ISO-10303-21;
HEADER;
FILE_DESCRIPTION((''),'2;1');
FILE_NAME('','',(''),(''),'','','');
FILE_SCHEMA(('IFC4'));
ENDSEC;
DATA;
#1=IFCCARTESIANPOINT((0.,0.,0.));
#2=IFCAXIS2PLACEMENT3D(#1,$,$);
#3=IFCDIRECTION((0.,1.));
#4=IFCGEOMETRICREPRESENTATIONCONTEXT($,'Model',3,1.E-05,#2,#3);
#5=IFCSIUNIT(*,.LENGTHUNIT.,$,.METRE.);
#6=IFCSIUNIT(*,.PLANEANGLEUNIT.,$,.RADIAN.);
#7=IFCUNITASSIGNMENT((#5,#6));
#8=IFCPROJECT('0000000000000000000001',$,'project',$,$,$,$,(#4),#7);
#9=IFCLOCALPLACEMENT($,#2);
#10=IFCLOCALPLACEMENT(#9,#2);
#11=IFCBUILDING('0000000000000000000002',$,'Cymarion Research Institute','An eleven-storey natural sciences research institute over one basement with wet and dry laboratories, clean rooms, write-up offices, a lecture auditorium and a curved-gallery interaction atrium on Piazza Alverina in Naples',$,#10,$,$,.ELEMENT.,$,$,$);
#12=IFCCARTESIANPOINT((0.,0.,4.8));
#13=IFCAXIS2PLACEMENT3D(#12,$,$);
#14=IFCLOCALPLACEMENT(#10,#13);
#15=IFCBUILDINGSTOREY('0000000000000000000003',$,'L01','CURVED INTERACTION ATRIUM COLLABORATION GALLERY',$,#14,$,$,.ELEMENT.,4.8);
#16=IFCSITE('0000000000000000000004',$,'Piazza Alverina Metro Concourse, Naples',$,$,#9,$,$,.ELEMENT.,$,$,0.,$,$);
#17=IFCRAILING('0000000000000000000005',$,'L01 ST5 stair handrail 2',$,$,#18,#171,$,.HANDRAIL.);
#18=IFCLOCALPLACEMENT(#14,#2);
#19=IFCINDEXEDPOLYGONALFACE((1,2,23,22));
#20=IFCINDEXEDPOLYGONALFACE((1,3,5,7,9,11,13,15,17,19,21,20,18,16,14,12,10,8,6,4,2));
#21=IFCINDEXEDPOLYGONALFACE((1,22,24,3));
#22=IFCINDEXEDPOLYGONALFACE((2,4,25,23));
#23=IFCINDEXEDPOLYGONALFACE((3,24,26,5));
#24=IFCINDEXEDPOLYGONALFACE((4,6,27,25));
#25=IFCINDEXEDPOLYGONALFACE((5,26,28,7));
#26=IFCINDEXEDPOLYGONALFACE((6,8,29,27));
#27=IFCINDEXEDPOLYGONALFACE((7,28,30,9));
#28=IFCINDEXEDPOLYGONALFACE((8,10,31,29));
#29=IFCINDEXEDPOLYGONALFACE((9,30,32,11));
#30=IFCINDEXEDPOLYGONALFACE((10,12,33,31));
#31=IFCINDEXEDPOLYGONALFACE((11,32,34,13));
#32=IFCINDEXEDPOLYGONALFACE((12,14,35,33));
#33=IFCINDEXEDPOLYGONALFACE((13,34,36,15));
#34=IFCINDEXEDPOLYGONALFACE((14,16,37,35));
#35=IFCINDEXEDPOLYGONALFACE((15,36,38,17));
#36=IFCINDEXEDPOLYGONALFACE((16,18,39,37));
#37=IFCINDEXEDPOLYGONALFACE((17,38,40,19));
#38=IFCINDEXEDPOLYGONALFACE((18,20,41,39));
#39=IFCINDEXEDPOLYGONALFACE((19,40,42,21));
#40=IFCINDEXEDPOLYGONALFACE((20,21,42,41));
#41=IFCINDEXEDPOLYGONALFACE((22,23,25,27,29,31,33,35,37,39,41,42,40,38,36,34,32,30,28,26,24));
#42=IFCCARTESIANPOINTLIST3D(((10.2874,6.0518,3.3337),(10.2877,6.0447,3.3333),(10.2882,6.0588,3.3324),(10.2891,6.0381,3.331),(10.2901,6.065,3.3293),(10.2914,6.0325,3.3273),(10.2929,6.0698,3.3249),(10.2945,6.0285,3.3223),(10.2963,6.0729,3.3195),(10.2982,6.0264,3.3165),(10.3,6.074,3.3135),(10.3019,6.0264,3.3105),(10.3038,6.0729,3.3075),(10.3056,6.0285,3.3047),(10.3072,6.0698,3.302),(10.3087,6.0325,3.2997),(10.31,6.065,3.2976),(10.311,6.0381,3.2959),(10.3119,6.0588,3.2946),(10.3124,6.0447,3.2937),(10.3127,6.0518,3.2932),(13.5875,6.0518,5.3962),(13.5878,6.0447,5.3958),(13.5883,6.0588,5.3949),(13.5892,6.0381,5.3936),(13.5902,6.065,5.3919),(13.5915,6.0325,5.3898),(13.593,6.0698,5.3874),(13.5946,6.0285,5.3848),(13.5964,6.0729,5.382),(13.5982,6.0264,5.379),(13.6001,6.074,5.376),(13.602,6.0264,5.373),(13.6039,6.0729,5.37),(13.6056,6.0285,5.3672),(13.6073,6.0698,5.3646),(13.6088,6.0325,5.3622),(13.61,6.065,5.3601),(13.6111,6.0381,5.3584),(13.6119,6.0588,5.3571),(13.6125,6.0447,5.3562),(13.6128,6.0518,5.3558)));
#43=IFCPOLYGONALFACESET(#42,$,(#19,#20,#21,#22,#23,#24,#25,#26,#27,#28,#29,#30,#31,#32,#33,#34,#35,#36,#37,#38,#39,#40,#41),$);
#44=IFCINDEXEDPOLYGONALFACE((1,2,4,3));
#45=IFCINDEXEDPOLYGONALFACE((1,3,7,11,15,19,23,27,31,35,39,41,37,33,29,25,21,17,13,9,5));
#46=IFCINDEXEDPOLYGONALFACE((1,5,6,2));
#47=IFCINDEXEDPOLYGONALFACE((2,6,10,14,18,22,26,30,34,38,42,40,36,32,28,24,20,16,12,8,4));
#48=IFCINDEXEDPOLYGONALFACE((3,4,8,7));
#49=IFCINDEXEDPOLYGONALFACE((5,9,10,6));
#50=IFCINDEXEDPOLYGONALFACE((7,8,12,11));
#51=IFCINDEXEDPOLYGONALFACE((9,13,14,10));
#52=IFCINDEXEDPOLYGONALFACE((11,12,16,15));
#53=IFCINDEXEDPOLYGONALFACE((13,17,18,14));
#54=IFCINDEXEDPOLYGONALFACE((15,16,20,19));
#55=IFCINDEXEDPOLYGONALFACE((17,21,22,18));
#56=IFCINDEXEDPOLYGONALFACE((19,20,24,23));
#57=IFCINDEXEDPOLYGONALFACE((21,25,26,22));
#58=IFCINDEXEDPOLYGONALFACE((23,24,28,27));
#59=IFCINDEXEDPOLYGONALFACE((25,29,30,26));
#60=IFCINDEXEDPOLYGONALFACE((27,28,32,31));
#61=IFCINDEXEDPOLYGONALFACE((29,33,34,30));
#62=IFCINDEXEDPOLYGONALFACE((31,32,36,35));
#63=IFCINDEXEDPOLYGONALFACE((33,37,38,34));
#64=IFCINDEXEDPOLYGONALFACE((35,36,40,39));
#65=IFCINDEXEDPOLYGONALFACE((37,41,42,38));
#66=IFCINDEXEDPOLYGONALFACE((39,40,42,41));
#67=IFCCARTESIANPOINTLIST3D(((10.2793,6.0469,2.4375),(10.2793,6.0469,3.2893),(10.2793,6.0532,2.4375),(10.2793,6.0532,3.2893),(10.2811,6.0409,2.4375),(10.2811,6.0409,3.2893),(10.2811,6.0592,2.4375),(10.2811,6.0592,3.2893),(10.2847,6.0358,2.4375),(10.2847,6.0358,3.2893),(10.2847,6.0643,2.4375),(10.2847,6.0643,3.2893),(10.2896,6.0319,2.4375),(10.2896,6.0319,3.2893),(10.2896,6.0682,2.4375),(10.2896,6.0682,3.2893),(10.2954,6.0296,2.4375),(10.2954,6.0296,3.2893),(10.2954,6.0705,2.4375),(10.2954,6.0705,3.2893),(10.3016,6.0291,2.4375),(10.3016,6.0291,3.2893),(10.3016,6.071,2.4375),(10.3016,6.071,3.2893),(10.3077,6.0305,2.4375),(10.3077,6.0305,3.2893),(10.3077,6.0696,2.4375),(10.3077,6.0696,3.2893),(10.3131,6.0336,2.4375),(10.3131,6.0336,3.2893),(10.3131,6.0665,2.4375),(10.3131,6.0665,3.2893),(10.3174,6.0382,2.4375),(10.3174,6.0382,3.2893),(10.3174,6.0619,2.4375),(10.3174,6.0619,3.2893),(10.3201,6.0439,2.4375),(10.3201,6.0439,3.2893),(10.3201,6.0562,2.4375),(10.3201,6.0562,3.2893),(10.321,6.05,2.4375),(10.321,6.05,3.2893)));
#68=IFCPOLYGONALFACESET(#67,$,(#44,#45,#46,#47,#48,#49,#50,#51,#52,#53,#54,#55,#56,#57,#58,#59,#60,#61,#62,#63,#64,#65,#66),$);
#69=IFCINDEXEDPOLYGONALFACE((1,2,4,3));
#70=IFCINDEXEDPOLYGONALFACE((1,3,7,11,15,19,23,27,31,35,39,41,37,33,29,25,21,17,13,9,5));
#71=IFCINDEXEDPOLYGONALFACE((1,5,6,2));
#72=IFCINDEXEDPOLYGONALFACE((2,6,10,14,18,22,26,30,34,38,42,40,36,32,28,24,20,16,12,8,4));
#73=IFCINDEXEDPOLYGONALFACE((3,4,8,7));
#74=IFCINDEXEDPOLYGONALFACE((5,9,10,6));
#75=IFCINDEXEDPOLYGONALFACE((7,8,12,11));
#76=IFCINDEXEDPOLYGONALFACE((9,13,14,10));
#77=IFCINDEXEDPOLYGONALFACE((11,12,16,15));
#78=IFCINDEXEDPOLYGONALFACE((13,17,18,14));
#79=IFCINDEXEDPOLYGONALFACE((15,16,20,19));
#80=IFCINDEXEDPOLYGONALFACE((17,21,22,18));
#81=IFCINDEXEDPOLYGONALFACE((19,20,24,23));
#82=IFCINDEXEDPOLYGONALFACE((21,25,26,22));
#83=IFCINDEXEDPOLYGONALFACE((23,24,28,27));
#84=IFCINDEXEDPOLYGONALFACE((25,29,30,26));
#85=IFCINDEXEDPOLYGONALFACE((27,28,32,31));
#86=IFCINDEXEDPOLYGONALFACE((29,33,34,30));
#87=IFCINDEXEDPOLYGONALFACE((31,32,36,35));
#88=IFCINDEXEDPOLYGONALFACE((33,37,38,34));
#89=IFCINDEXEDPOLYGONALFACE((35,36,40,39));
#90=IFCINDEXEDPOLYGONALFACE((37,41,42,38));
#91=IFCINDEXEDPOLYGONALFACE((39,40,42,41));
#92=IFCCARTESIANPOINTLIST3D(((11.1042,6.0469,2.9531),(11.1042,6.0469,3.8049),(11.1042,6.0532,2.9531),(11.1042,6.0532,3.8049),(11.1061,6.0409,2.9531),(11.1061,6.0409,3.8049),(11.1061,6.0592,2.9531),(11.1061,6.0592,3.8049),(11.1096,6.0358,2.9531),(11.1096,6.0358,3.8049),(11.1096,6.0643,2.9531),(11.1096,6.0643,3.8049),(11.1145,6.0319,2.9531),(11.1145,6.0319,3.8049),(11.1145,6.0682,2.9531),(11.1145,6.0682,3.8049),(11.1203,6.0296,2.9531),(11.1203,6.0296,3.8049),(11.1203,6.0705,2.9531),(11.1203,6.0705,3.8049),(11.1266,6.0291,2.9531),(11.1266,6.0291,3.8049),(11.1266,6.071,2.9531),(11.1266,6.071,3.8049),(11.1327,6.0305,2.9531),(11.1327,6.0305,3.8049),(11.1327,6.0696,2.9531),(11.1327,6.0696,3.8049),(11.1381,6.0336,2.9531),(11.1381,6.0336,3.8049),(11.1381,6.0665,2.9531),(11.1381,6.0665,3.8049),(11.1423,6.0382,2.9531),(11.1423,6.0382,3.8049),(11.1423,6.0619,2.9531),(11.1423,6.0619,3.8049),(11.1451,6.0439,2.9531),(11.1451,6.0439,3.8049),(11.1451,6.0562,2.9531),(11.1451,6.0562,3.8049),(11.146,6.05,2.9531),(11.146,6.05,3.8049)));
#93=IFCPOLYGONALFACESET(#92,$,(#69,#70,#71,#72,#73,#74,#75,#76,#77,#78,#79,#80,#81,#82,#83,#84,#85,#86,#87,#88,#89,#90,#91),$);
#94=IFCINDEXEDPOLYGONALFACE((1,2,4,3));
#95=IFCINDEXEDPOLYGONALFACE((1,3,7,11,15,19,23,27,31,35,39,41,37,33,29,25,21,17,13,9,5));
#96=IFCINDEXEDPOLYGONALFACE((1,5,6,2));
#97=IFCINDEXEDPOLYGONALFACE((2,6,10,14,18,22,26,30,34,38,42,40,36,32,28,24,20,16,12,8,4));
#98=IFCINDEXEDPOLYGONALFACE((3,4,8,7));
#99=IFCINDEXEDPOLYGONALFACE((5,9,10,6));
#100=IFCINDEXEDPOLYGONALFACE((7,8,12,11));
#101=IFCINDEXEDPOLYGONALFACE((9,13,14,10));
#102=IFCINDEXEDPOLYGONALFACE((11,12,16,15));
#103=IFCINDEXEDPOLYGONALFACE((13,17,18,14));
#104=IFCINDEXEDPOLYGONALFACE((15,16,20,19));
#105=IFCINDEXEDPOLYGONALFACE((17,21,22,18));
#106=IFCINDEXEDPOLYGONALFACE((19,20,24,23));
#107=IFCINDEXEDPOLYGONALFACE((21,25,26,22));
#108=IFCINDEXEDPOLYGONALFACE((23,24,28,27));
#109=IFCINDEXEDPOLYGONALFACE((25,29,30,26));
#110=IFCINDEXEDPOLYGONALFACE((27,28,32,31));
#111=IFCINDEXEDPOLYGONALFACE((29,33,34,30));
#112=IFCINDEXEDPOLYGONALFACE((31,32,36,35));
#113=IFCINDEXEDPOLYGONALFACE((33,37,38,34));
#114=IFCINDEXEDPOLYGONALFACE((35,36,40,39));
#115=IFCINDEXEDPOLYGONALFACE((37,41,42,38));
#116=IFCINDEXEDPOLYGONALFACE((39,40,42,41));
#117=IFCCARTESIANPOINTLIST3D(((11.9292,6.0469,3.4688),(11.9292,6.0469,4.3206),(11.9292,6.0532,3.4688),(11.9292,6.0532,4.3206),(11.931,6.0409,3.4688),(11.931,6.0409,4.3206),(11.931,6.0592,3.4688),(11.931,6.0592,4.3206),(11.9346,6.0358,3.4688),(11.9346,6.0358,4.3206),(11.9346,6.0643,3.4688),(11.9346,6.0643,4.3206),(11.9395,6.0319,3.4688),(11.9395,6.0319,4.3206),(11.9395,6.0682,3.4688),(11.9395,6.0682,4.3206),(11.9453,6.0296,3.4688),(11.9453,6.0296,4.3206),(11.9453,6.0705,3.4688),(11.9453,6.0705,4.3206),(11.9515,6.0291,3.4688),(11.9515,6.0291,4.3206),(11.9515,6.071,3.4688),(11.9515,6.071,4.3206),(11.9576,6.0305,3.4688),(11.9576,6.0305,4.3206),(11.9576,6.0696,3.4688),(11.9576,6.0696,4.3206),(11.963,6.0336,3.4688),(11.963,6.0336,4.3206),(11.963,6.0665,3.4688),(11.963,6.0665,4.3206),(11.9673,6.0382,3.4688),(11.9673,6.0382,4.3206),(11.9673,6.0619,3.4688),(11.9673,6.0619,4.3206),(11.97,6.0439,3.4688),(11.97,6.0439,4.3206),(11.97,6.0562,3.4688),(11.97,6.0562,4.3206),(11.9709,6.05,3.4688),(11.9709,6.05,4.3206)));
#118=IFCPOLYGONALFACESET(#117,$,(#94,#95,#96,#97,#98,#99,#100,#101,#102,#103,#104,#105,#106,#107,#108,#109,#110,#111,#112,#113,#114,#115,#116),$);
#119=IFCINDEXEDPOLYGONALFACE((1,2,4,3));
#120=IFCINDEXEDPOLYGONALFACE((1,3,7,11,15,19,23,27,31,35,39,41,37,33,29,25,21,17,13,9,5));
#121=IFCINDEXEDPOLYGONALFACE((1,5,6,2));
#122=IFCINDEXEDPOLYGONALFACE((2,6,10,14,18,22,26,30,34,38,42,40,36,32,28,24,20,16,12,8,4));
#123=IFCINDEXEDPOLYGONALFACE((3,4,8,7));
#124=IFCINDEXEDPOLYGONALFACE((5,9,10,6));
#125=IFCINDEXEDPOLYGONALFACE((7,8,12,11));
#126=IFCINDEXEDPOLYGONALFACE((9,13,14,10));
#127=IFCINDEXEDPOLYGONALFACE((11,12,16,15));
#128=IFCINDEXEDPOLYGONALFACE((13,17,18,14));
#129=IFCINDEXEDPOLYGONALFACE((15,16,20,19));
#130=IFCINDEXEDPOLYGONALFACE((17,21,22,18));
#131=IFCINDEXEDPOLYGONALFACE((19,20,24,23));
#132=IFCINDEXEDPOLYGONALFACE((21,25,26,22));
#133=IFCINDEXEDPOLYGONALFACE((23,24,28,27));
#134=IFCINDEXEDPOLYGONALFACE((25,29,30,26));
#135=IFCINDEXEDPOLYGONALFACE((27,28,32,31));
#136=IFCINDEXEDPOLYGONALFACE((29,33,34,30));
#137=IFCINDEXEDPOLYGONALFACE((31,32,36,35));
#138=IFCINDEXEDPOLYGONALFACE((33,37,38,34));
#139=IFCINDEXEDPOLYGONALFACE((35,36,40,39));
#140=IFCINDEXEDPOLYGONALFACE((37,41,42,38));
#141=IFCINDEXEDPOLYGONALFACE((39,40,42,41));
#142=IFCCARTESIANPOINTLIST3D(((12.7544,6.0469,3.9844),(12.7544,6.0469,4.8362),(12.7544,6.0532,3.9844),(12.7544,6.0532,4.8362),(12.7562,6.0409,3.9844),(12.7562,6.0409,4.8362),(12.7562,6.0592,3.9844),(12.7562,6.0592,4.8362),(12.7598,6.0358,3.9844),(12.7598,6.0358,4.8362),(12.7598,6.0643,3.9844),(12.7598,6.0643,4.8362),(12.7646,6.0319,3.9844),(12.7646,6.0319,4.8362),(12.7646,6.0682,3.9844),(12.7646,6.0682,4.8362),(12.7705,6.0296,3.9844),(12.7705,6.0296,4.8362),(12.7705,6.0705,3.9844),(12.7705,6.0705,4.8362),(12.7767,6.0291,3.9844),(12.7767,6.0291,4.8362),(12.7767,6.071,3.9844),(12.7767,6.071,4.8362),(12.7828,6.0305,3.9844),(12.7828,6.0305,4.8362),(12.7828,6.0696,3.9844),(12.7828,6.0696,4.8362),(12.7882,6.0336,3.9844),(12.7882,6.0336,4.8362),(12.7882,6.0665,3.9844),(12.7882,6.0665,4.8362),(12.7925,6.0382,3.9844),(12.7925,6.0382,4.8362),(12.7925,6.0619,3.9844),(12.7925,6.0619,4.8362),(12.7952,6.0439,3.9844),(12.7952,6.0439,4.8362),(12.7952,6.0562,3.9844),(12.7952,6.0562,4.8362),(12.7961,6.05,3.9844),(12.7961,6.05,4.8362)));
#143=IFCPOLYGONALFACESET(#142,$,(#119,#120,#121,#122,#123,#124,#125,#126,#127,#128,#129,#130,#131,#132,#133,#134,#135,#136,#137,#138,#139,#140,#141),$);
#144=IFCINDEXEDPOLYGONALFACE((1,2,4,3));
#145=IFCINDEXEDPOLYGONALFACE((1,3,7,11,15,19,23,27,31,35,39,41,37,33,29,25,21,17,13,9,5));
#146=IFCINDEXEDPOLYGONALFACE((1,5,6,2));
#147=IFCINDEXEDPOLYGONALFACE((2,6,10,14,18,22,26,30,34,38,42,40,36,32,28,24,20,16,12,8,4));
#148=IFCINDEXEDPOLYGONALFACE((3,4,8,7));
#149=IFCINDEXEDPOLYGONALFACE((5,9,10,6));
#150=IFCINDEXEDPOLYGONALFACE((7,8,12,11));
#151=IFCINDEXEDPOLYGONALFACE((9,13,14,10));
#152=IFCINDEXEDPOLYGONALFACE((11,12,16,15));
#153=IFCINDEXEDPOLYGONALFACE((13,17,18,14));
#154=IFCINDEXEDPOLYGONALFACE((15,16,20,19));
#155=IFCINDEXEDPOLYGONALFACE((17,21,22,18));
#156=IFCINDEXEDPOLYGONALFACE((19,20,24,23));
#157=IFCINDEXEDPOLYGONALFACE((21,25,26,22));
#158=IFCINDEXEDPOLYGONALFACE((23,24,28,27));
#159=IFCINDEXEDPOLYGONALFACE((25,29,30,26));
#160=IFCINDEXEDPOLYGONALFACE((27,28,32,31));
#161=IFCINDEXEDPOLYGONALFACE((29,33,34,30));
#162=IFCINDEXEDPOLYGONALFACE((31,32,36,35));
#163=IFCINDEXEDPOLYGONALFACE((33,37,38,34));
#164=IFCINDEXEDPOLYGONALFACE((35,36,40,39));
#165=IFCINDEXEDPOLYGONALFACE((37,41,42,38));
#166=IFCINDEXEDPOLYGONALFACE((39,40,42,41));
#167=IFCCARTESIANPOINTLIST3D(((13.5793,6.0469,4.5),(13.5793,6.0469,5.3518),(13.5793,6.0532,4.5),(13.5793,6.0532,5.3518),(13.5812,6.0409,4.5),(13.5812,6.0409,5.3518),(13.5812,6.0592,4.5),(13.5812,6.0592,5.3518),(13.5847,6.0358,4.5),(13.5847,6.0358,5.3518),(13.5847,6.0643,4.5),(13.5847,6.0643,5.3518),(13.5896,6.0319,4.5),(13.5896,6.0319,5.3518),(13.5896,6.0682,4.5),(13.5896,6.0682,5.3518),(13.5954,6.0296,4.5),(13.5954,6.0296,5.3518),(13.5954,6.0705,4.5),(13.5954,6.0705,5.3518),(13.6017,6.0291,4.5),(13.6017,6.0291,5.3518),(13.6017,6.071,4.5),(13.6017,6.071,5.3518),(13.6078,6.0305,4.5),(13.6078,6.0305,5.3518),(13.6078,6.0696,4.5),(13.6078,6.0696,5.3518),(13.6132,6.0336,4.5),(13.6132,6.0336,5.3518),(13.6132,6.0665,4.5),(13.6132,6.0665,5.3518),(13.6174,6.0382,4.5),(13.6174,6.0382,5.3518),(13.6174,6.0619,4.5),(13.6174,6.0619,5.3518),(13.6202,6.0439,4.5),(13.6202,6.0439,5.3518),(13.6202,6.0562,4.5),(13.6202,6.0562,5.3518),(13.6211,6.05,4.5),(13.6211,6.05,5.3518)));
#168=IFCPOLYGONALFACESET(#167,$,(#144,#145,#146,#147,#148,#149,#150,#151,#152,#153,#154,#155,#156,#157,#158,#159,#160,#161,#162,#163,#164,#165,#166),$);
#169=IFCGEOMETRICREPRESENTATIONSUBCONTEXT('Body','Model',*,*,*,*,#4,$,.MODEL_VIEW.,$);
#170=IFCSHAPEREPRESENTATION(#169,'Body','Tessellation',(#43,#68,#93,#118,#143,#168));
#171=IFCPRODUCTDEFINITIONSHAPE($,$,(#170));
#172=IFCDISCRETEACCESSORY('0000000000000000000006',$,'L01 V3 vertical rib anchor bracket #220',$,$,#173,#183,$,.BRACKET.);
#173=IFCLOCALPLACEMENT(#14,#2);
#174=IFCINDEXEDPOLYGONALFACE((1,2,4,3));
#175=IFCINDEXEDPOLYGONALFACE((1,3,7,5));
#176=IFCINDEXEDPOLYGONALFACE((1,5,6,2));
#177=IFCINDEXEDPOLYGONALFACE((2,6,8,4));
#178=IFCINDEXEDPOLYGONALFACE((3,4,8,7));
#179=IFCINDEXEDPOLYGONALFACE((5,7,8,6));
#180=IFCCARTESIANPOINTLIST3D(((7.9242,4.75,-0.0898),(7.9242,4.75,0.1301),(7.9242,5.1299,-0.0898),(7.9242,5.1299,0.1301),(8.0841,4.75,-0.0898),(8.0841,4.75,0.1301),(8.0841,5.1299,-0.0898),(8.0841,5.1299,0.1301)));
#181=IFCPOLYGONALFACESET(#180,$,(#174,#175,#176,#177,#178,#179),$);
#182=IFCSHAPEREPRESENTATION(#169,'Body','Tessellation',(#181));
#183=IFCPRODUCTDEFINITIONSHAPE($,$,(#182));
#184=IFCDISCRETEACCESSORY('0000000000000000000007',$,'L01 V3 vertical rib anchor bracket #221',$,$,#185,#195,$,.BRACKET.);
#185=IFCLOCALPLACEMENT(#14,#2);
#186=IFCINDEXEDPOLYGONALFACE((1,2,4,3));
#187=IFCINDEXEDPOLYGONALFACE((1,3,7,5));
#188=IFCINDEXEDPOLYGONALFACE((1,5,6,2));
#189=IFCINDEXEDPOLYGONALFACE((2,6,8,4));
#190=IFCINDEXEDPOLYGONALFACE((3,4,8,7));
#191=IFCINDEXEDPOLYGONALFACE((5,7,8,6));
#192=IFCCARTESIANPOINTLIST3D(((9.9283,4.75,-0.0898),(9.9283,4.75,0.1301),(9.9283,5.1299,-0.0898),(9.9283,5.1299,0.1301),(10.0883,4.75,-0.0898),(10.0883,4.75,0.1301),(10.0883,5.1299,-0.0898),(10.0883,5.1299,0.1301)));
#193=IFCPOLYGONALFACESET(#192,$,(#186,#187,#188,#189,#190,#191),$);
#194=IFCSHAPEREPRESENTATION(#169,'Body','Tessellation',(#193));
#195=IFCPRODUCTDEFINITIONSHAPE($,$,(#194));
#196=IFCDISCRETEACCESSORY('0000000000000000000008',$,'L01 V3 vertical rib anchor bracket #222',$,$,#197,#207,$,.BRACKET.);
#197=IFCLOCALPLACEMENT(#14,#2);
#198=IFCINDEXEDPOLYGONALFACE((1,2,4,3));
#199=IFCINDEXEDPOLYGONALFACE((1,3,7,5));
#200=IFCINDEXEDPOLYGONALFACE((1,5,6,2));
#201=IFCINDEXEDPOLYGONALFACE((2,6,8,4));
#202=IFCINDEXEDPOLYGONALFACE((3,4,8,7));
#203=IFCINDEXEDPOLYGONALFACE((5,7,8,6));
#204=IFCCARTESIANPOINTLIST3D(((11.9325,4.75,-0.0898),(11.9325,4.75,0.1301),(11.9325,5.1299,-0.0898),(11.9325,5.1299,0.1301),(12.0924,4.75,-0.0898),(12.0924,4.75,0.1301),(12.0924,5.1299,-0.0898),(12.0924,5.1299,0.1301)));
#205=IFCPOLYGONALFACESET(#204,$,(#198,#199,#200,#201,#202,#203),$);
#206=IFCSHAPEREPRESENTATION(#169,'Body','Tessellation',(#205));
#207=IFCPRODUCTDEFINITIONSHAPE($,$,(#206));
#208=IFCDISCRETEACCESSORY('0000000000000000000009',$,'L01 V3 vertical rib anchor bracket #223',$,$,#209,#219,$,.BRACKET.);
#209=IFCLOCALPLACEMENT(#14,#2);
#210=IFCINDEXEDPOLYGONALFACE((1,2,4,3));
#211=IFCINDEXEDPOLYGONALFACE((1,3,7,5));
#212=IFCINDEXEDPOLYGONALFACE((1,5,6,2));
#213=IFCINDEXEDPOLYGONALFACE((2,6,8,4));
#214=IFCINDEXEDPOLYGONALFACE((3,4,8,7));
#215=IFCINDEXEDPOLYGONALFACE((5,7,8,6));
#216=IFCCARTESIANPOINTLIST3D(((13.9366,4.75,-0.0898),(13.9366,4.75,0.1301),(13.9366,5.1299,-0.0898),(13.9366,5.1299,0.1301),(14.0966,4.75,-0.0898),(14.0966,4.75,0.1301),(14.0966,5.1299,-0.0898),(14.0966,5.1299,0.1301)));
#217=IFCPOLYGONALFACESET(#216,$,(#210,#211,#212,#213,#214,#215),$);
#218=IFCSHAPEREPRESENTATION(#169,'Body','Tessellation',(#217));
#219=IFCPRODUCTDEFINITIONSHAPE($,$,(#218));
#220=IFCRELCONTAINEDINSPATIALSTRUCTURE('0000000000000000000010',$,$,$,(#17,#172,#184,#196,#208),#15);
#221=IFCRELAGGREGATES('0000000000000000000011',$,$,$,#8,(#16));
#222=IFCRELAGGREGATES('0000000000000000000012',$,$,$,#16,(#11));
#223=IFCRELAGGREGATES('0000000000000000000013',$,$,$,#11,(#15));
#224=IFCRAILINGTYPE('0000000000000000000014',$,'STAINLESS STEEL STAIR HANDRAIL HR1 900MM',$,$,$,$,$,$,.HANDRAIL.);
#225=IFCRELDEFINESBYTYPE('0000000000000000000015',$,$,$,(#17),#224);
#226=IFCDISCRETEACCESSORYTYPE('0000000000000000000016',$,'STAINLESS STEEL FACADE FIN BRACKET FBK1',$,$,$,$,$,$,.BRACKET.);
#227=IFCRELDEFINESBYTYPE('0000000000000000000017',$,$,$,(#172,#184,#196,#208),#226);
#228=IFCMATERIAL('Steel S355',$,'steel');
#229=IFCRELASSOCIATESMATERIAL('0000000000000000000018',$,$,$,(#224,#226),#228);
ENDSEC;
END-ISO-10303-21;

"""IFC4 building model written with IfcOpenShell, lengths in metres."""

from ifc_helpers import new_model, si_unit, direction, frame, origin, origin_2d, place, context, subcontext, project, spatial, rectangle, circle, extrude, material, type_object, element, save


model = new_model("IFC4")

# Units and contexts
model_context = context("Model", 3, precision=1e-05, world=origin(), true_north=direction((0.0, 1.0)))
body_context = subcontext(model_context, "Body", "Model", "MODEL_VIEW")
ifc_project = project(units=[si_unit("LENGTHUNIT", "METRE"), si_unit("PLANEANGLEUNIT", "RADIAN")], contexts=[model_context])

# Site, building, storey
site_placement = place(None, origin())
site = spatial("IfcSite", under=ifc_project, at=site_placement, Name="Piazza Alverina Metro Concourse, Naples", CompositionType="ELEMENT", RefElevation=0.0)
building_placement = place(site_placement, origin())
building = spatial("IfcBuilding", under=site, at=building_placement, Name="Cymarion Research Institute", Description="An eleven-storey natural sciences research institute over one basement with wet and dry laboratories, clean rooms, write-up offices, a lecture auditorium and a curved-gallery interaction atrium on Piazza Alverina in Naples", CompositionType="ELEMENT")
storey_placement = place(building_placement, frame((0.0, 0.0, 4.8)))
storey = spatial("IfcBuildingStorey", under=building, at=storey_placement, Name="L01", Description="CURVED INTERACTION ATRIUM COLLABORATION GALLERY", CompositionType="ELEMENT", Elevation=4.8)

# Shared definitions
ifc_material_1 = material(Name="Steel S355", Category="steel")

# Railing
railing_type_1 = type_object("IfcRailingType", Name="STAINLESS STEEL STAIR HANDRAIL HR1 900MM", PredefinedType="HANDRAIL", material=ifc_material_1)
railing_1_placement = place(storey_placement, frame((10.3, 6.05, 2.4375)))
element("IfcRailing", 1, at=railing_1_placement, inside=storey, type_object=railing_type_1, Name="L01 ST5 stair handrail 2", PredefinedType="HANDRAIL", context=body_context, shape_type="SweptSolid", body=[
    extrude(circle(Radius=0.0239, at=origin_2d()), frame((0.0, 0.0, 0.876), z_axis=(0.848002, 0.0, 0.529993), x_axis=(0.0, 1.0, 0.0)), (0.0, 0.0, 1.0), 3.8916),
    extrude(circle(Radius=0.021, at=origin_2d()), origin(), (0.0, 0.0, 1.0), 0.8518),
    extrude(circle(Radius=0.021, at=origin_2d()), frame((0.825, 0.0, 0.5156)), (0.0, 0.0, 1.0), 0.8518),
    extrude(circle(Radius=0.021, at=origin_2d()), frame((1.6499, 0.0, 1.0312)), (0.0, 0.0, 1.0), 0.8518),
    extrude(circle(Radius=0.021, at=origin_2d()), frame((2.4751, 0.0, 1.5469)), (0.0, 0.0, 1.0), 0.8518),
    extrude(circle(Radius=0.021, at=origin_2d()), frame((3.3, 0.0, 2.0625)), (0.0, 0.0, 1.0), 0.8518),
])

# Discrete accessories
discrete_accessory_type = type_object("IfcDiscreteAccessoryType", Name="STAINLESS STEEL FACADE FIN BRACKET FBK1", PredefinedType="BRACKET", material=ifc_material_1)
for number, where, z_axis, x_axis, name in (
    (2, (8.0042, 4.9399, -0.0898), (0.0, 0.0, 1.0), (0.0, -1.0, 0.0), "L01 V3 vertical rib anchor bracket #220"),
    (3, (10.0083, 4.9399, -0.0898), (0.0, 0.0, 1.0), (0.0, -1.0, 0.0), "L01 V3 vertical rib anchor bracket #221"),
    (4, (12.0125, 4.9399, -0.0898), (0.0, 0.0, 1.0), (0.0, -1.0, 0.0), "L01 V3 vertical rib anchor bracket #222"),
    (5, (14.0166, 4.9399, -0.0898), (0.0, 0.0, 1.0), (0.0, -1.0, 0.0), "L01 V3 vertical rib anchor bracket #223"),
):
    element("IfcDiscreteAccessory", number, at=place(storey_placement, frame(where, z_axis=z_axis, x_axis=x_axis)), inside=storey, type_object=discrete_accessory_type, Name=name, PredefinedType="BRACKET", context=body_context, shape_type="SweptSolid", body=[
        extrude(rectangle(XDim=0.3799, YDim=0.1599, at=origin_2d()), origin(), (0.0, 0.0, 1.0), 0.22),
    ])

save(model, "model.ifc")
